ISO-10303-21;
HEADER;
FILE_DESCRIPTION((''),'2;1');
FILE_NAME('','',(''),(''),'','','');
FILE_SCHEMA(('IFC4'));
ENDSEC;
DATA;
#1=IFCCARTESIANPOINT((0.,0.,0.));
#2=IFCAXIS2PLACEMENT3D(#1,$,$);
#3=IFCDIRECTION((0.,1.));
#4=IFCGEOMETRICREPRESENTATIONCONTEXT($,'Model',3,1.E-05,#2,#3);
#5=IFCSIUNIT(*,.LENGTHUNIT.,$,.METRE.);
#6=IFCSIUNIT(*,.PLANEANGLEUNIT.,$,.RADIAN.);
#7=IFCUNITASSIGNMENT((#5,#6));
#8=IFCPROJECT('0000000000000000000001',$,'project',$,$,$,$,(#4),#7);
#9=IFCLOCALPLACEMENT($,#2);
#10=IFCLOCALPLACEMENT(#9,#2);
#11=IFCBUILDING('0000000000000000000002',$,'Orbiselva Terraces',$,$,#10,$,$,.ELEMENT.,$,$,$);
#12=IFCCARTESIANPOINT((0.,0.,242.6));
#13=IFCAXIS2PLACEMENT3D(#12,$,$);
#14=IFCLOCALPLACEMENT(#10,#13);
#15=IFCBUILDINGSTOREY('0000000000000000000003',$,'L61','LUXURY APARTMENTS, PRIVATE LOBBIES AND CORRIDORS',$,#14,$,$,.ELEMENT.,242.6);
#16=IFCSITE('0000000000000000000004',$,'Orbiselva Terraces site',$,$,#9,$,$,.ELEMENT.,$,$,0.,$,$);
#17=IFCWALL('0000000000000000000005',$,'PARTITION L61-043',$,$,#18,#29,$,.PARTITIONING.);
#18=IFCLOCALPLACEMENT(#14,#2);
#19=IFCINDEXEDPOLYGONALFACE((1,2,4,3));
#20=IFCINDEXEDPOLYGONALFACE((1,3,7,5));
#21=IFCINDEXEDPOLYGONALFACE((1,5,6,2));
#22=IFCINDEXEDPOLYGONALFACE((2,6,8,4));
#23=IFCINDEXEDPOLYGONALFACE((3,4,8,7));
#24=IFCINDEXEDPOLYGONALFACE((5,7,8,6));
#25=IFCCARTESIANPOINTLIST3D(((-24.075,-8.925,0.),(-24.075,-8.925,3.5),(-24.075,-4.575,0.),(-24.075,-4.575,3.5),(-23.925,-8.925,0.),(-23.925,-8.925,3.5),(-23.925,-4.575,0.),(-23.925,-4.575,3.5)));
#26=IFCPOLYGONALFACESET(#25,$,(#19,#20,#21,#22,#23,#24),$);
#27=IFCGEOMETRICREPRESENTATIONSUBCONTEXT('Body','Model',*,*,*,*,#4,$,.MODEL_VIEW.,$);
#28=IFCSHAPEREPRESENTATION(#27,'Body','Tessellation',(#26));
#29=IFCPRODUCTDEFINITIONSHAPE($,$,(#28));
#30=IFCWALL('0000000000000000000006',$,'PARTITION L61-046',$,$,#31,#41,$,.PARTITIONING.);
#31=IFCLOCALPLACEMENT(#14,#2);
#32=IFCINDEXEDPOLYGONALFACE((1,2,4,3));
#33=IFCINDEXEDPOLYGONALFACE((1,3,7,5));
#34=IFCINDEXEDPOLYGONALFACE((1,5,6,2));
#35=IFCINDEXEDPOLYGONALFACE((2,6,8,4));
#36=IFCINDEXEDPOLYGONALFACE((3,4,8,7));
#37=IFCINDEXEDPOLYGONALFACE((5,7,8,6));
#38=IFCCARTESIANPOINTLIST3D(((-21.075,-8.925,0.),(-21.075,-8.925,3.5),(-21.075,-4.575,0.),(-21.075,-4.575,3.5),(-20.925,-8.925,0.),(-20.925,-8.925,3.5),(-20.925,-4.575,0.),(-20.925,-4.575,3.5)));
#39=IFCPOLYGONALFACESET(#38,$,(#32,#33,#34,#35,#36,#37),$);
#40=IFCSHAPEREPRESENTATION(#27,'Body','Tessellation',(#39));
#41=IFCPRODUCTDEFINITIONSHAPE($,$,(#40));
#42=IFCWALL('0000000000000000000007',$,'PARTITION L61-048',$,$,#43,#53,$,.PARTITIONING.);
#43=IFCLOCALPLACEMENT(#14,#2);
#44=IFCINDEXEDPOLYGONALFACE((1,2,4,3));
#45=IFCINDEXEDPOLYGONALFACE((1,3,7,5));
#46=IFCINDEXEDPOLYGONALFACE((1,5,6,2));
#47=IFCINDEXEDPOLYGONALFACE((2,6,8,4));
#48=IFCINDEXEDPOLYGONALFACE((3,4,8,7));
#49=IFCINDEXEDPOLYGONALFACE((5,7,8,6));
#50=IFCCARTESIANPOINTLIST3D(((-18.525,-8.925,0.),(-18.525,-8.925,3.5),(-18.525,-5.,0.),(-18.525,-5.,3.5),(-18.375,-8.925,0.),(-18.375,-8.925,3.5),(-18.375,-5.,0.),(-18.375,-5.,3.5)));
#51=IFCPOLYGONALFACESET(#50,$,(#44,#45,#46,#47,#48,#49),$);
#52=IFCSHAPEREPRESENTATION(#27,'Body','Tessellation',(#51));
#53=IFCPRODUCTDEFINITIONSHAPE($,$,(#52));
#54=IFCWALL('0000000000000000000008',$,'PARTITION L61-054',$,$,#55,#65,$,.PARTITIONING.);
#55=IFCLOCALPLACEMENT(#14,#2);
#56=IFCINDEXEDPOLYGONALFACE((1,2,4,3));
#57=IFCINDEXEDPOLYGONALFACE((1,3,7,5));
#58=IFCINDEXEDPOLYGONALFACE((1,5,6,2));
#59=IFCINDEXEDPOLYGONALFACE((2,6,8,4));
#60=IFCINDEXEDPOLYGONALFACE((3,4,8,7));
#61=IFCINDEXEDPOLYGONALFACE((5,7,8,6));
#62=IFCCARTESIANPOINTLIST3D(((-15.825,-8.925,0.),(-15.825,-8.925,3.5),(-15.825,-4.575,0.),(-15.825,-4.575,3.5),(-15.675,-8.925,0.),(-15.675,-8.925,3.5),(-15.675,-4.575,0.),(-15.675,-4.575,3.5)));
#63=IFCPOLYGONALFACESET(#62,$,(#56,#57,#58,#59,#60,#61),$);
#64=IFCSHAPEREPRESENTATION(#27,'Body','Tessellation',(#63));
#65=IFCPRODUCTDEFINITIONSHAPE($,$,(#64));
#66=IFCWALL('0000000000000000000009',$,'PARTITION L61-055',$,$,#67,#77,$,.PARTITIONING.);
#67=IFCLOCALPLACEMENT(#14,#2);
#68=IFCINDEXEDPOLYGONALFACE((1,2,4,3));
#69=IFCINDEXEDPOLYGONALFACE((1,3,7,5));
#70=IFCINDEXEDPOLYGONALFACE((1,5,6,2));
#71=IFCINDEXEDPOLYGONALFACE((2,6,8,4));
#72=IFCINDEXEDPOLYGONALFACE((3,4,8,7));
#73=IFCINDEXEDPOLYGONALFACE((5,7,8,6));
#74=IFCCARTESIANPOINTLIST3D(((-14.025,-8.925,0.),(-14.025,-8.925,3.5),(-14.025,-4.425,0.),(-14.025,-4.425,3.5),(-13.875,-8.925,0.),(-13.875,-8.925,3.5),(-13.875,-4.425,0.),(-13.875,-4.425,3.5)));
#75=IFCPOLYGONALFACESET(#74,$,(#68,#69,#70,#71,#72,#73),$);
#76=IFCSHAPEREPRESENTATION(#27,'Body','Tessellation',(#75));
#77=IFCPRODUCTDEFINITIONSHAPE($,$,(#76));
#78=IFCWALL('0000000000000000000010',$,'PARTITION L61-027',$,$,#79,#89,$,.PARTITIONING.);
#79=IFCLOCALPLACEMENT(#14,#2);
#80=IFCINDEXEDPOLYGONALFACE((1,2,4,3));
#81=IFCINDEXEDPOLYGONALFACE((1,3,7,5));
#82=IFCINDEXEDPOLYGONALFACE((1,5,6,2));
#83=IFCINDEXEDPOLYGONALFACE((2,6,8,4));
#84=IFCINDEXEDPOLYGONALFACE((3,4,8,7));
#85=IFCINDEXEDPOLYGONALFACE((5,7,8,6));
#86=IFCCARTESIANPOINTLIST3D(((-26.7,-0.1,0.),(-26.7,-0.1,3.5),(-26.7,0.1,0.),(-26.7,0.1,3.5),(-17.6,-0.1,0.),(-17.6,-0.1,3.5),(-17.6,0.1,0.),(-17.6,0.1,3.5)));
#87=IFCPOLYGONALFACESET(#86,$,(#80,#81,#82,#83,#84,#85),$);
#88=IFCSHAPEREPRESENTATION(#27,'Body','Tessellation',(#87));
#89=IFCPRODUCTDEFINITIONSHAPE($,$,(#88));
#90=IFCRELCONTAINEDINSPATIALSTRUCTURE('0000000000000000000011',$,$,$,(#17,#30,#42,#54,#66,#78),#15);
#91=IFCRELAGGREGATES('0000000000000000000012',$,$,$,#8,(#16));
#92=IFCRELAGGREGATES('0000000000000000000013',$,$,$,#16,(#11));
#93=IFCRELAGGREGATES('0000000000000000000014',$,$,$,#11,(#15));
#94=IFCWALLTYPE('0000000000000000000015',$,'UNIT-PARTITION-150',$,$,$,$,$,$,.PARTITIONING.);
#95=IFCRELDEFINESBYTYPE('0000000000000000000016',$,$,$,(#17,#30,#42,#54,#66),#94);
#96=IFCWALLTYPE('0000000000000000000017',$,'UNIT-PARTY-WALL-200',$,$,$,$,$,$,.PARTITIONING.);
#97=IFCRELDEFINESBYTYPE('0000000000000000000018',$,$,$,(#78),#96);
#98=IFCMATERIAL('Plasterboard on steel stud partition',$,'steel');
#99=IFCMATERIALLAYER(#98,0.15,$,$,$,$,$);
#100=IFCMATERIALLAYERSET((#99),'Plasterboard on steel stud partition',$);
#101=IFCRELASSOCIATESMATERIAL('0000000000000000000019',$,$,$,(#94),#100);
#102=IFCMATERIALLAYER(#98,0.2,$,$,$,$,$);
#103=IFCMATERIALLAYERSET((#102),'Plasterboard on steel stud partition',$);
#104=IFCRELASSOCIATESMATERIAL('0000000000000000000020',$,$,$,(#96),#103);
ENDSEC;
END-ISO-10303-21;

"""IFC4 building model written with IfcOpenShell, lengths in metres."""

from ifc_helpers import new_model, si_unit, direction, frame, frame_2d, origin, place, context, subcontext, project, spatial, rectangle, extrude, material, layer, layer_set, type_object, element, save


model = new_model("IFC4")

# Units and contexts
model_context = context("Model", 3, precision=1e-05, world=origin(), true_north=direction((0.0, 1.0)))
body_context = subcontext(model_context, "Body", "Model", "MODEL_VIEW")
ifc_project = project(units=[si_unit("LENGTHUNIT", "METRE"), si_unit("PLANEANGLEUNIT", "RADIAN")], contexts=[model_context])

# Site, building, storey
site_placement = place(None, origin())
site = spatial("IfcSite", under=ifc_project, at=site_placement, Name="Orbiselva Terraces site", CompositionType="ELEMENT", RefElevation=0.0)
building_placement = place(site_placement, origin())
building = spatial("IfcBuilding", under=site, at=building_placement, Name="Orbiselva Terraces", CompositionType="ELEMENT")
storey_placement = place(building_placement, frame((0.0, 0.0, 242.6)))
storey = spatial("IfcBuildingStorey", under=building, at=storey_placement, Name="L61", Description="LUXURY APARTMENTS, PRIVATE LOBBIES AND CORRIDORS", CompositionType="ELEMENT", Elevation=242.6)

# Shared definitions
ifc_material_1 = material(Name="Plasterboard on steel stud partition", Category="steel")

# Shared definitions
ifc_layer_1 = layer(ifc_material_1, 0.15)
ifc_layer_set_1 = layer_set([ifc_layer_1], Name="Plasterboard on steel stud partition")
wall_type_1 = type_object("IfcWallType", Name="UNIT-PARTITION-150", PredefinedType="PARTITIONING", material=ifc_layer_set_1)

# Walls
for number, where, z_axis, x_axis, name in (
    (1, (-24.0, -8.925, 0.0), (0.0, 0.0, 1.0), (0.0, 1.0, 0.0), "PARTITION L61-043"),
    (2, (-21.0, -8.925, 0.0), (0.0, 0.0, 1.0), (0.0, 1.0, 0.0), "PARTITION L61-046"),
):
    element("IfcWall", number, at=place(storey_placement, frame(where, z_axis=z_axis, x_axis=x_axis)), inside=storey, type_object=wall_type_1, Name=name, PredefinedType="PARTITIONING", context=body_context, shape_type="SweptSolid", body=[
        extrude(rectangle(XDim=4.35, YDim=0.15, at=frame_2d((2.175, 0.0))), origin(), (0.0, 0.0, 1.0), 3.5),
    ])
wall_1_placement = place(storey_placement, frame((-18.45, -8.925, 0.0), z_axis=(0.0, 0.0, 1.0), x_axis=(0.0, 1.0, 0.0)))
element("IfcWall", 3, at=wall_1_placement, inside=storey, type_object=wall_type_1, Name="PARTITION L61-048", PredefinedType="PARTITIONING", context=body_context, shape_type="SweptSolid", body=[
    extrude(rectangle(XDim=3.925, YDim=0.15, at=frame_2d((1.9625, 0.0))), origin(), (0.0, 0.0, 1.0), 3.5),
])
wall_2_placement = place(storey_placement, frame((-15.75, -8.925, 0.0), z_axis=(0.0, 0.0, 1.0), x_axis=(0.0, 1.0, 0.0)))
element("IfcWall", 4, at=wall_2_placement, inside=storey, type_object=wall_type_1, Name="PARTITION L61-054", PredefinedType="PARTITIONING", context=body_context, shape_type="SweptSolid", body=[
    extrude(rectangle(XDim=4.35, YDim=0.15, at=frame_2d((2.175, 0.0))), origin(), (0.0, 0.0, 1.0), 3.5),
])
wall_3_placement = place(storey_placement, frame((-13.95, -8.925, 0.0), z_axis=(0.0, 0.0, 1.0), x_axis=(0.0, 1.0, 0.0)))
element("IfcWall", 5, at=wall_3_placement, inside=storey, type_object=wall_type_1, Name="PARTITION L61-055", PredefinedType="PARTITIONING", context=body_context, shape_type="SweptSolid", body=[
    extrude(rectangle(XDim=4.5, YDim=0.15, at=frame_2d((2.25, 0.0))), origin(), (0.0, 0.0, 1.0), 3.5),
])
ifc_layer_2 = layer(ifc_material_1, 0.2)
ifc_layer_set_2 = layer_set([ifc_layer_2], Name="Plasterboard on steel stud partition")
wall_type_2 = type_object("IfcWallType", Name="UNIT-PARTY-WALL-200", PredefinedType="PARTITIONING", material=ifc_layer_set_2)
wall_4_placement = place(storey_placement, frame((-26.7, 0.0, 0.0), z_axis=(0.0, 0.0, 1.0), x_axis=(1.0, 0.0, 0.0)))
element("IfcWall", 6, at=wall_4_placement, inside=storey, type_object=wall_type_2, Name="PARTITION L61-027", PredefinedType="PARTITIONING", context=body_context, shape_type="SweptSolid", body=[
    extrude(rectangle(XDim=9.1, YDim=0.2, at=frame_2d((4.55, 0.0))), origin(), (0.0, 0.0, 1.0), 3.5),
])

save(model, "model.ifc")
